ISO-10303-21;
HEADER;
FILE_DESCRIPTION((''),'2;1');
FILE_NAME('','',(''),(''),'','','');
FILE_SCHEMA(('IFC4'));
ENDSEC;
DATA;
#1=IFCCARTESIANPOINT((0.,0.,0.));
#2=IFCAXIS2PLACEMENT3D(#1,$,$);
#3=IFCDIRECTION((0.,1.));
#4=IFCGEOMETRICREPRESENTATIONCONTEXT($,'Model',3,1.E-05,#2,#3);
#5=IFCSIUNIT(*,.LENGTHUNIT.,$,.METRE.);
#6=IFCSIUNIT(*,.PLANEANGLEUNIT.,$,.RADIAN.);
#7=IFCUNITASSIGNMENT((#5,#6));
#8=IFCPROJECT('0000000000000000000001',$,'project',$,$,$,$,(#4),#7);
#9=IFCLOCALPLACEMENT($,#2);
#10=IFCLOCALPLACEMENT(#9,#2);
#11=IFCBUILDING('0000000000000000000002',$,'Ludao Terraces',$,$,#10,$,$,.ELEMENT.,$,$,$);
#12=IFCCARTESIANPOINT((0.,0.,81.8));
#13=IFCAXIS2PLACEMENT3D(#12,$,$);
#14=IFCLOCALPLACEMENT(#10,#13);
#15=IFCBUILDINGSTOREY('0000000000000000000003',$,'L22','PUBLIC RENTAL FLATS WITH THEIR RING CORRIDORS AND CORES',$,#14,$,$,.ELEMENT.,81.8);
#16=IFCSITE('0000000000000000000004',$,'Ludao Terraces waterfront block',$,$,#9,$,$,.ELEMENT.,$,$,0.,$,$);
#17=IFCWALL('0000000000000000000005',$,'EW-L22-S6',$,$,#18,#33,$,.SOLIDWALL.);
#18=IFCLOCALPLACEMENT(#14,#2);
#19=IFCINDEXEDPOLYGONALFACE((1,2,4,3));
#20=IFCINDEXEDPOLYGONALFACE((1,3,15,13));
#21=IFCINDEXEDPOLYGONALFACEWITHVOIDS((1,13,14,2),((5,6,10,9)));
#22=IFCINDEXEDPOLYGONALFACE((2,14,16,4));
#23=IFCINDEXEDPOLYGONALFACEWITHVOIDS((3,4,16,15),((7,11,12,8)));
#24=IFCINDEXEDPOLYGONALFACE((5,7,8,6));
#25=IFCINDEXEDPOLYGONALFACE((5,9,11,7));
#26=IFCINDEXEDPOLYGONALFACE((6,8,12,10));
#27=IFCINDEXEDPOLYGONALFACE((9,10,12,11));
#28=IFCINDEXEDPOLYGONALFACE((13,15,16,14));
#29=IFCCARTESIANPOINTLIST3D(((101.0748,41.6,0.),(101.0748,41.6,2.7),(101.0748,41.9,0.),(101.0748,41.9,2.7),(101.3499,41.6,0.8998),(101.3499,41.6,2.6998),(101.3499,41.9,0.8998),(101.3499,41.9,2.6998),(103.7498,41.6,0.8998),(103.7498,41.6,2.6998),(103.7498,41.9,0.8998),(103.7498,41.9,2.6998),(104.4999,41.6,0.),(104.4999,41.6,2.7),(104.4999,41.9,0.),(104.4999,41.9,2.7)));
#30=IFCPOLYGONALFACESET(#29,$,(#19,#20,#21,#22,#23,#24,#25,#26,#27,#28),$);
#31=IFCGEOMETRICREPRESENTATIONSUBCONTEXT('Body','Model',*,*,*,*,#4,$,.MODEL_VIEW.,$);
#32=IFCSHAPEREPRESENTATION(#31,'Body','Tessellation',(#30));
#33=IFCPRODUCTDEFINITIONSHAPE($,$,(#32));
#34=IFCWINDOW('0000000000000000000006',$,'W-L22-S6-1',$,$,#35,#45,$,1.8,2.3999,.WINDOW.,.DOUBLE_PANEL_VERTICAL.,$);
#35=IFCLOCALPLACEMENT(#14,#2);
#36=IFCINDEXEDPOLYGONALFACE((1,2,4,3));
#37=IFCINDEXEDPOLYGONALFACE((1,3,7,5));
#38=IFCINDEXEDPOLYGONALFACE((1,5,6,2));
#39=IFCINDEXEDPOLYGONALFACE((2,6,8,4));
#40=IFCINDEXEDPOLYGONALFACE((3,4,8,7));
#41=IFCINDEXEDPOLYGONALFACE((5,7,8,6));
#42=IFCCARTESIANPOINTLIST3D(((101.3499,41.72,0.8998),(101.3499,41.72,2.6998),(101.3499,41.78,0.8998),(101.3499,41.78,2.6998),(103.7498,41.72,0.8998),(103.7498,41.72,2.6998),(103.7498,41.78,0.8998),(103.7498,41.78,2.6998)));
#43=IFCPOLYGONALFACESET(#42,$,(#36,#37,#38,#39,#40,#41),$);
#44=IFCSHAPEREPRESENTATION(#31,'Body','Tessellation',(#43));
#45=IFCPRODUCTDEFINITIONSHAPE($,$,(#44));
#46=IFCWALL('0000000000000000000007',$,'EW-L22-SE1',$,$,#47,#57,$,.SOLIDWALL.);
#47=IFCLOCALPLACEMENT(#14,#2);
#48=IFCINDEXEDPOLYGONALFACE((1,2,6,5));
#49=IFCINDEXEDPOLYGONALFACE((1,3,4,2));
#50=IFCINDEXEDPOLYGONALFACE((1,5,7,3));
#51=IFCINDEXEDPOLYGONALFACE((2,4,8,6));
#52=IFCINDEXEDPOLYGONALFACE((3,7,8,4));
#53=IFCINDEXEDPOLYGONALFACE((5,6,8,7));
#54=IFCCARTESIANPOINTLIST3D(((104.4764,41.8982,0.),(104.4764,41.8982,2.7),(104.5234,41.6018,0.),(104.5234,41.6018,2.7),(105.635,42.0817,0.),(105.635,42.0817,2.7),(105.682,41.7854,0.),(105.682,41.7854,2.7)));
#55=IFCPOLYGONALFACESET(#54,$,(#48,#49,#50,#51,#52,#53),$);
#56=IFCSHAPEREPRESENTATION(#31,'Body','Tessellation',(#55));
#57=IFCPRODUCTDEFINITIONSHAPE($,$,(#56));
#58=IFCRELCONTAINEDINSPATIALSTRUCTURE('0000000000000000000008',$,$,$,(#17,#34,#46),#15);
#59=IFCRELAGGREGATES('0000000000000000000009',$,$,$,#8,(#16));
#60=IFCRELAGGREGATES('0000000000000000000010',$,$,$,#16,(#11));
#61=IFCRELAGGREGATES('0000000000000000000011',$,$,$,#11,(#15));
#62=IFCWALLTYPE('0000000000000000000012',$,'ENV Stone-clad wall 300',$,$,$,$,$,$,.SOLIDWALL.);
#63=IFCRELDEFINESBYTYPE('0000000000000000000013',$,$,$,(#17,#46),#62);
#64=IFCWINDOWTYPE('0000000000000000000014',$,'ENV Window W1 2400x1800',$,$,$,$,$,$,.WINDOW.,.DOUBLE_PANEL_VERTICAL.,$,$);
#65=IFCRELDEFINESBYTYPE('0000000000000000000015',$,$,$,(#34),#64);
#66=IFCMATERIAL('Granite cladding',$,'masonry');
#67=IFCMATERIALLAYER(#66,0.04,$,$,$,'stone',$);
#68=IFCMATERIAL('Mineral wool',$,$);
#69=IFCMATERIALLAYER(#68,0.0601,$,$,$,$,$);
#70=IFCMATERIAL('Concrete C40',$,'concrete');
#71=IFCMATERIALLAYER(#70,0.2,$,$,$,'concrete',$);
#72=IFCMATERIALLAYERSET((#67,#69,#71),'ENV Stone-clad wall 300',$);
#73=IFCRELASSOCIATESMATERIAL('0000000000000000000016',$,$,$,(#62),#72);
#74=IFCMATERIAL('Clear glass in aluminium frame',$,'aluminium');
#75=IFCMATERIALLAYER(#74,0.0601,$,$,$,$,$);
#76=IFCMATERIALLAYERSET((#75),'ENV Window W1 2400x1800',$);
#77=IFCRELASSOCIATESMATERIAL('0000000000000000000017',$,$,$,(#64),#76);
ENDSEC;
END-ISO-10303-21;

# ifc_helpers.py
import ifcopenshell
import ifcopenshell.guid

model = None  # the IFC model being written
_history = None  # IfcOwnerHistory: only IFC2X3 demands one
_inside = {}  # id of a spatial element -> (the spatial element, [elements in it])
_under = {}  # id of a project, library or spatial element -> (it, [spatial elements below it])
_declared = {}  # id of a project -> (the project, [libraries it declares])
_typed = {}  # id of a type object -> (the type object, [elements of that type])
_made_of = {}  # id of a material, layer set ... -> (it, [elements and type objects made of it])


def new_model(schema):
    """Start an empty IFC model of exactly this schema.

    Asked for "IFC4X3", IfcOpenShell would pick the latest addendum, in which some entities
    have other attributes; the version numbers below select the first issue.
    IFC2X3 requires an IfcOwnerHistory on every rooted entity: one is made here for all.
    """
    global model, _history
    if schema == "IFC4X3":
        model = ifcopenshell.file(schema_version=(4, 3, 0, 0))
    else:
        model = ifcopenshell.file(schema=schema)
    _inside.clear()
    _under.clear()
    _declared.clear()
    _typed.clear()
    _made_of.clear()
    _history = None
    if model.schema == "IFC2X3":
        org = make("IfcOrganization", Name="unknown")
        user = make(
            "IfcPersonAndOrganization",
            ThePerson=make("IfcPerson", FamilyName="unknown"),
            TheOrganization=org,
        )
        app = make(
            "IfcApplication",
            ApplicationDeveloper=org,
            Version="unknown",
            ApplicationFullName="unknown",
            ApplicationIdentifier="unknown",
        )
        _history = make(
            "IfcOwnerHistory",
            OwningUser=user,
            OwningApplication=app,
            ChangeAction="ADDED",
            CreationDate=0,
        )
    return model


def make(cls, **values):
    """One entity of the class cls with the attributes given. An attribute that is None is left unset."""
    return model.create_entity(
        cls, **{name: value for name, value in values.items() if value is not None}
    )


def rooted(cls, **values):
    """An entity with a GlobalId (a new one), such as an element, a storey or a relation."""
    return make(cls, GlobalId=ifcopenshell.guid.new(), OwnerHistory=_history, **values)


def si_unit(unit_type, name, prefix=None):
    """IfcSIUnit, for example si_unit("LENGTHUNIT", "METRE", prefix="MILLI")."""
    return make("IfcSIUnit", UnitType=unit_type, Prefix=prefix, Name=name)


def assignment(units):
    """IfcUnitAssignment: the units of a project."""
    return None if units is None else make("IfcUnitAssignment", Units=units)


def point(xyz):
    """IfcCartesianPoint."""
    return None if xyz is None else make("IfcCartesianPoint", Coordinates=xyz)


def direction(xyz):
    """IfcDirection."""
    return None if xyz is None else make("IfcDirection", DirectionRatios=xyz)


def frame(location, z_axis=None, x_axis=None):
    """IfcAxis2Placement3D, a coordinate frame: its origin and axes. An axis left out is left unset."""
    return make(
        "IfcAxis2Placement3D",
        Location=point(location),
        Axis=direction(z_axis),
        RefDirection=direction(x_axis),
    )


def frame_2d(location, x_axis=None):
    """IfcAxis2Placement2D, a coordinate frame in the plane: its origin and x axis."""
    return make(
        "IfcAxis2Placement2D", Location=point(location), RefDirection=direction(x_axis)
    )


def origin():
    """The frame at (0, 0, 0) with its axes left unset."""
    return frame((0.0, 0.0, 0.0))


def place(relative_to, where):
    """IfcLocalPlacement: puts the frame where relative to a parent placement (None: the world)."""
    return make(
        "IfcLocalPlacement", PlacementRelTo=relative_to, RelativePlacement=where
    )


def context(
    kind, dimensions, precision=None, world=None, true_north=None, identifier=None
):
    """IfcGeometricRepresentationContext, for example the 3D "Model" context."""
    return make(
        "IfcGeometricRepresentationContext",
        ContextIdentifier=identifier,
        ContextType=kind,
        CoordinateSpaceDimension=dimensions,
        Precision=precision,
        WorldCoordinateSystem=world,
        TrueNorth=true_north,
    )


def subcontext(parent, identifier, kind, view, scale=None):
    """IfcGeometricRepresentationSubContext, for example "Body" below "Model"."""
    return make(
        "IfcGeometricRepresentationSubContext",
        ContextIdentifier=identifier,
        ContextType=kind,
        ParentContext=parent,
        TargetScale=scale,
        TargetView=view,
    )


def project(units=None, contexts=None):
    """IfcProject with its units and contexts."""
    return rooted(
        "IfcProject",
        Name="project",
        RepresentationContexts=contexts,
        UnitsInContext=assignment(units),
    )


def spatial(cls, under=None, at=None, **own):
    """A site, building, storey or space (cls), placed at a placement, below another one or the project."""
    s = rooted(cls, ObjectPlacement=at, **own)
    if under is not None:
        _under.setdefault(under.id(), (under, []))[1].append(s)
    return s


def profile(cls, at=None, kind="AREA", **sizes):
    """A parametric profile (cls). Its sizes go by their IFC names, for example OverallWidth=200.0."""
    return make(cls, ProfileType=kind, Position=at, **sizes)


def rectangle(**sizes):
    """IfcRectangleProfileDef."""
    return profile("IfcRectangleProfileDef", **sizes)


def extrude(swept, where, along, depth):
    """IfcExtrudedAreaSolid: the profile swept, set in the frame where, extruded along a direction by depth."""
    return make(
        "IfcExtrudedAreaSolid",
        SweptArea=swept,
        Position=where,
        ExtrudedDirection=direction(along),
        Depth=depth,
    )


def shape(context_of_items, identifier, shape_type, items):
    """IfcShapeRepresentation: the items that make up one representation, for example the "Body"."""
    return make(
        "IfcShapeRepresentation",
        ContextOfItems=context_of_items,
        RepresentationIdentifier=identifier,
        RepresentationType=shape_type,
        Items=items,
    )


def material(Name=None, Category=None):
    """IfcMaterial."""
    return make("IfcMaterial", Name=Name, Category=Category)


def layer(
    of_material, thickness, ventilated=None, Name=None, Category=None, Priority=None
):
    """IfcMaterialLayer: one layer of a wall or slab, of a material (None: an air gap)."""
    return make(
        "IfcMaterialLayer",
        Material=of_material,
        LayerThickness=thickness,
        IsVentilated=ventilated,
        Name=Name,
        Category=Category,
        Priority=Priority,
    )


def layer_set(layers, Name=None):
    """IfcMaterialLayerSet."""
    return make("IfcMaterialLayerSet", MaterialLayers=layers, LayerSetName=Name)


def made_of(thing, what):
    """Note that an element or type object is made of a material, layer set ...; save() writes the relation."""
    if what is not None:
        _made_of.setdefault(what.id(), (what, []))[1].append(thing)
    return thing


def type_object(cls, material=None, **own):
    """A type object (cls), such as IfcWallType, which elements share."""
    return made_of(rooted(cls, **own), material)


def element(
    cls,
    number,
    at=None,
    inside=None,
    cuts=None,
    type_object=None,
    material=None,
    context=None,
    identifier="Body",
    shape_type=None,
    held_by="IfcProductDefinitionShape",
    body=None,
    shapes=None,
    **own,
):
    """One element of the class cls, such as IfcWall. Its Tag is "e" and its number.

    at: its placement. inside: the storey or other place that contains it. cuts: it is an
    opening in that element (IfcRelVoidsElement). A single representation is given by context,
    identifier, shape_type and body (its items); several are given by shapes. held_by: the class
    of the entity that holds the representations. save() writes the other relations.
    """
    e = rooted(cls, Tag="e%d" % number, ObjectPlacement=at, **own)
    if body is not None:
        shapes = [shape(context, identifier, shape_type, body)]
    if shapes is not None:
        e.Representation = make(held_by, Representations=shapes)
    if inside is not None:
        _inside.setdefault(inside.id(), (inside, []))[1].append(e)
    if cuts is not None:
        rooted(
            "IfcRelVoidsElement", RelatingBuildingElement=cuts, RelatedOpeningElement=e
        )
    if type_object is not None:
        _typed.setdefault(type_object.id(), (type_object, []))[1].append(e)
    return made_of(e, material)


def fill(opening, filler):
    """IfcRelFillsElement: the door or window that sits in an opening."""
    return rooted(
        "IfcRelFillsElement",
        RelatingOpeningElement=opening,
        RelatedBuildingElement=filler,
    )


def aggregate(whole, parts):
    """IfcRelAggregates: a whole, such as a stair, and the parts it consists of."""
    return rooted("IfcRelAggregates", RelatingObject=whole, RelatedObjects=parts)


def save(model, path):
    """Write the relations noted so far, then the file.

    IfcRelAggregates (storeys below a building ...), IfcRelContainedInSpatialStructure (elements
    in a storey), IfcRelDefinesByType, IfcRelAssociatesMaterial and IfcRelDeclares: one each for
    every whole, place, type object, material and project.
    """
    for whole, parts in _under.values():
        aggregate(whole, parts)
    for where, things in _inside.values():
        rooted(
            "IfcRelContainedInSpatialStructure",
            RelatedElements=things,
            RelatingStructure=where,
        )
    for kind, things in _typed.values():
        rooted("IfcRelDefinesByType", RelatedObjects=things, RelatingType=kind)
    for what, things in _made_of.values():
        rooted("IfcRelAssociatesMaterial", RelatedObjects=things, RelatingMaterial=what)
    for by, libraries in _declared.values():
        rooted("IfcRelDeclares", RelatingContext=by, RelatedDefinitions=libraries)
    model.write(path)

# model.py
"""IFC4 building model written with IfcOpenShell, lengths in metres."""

from ifc_helpers import new_model, si_unit, direction, frame, frame_2d, origin, place, context, subcontext, project, spatial, rectangle, extrude, material, layer, layer_set, type_object, element, fill, save


model = new_model("IFC4")

# Units and contexts
model_context = context("Model", 3, precision=1e-05, world=origin(), true_north=direction((0.0, 1.0)))
body_context = subcontext(model_context, "Body", "Model", "MODEL_VIEW")
ifc_project = project(units=[si_unit("LENGTHUNIT", "METRE"), si_unit("PLANEANGLEUNIT", "RADIAN")], contexts=[model_context])

# Site, building, storey
site_placement = place(None, origin())
site = spatial("IfcSite", under=ifc_project, at=site_placement, Name="Ludao Terraces waterfront block", CompositionType="ELEMENT", RefElevation=0.0)
building_placement = place(site_placement, origin())
building = spatial("IfcBuilding", under=site, at=building_placement, Name="Ludao Terraces", CompositionType="ELEMENT")
storey_placement = place(building_placement, frame((0.0, 0.0, 81.8)))
storey = spatial("IfcBuildingStorey", under=building, at=storey_placement, Name="L22", Description="PUBLIC RENTAL FLATS WITH THEIR RING CORRIDORS AND CORES", CompositionType="ELEMENT", Elevation=81.8)

# Wall, opening, window
ifc_material_1 = material(Name="Granite cladding", Category="masonry")
ifc_layer_1 = layer(ifc_material_1, 0.04, Category="stone")
ifc_material_2 = material(Name="Mineral wool")
ifc_layer_2 = layer(ifc_material_2, 0.0601)
ifc_material_3 = material(Name="Concrete C40", Category="concrete")
ifc_layer_3 = layer(ifc_material_3, 0.2, Category="concrete")
ifc_layer_set_1 = layer_set([ifc_layer_1, ifc_layer_2, ifc_layer_3], Name="ENV Stone-clad wall 300")
wall_type_1 = type_object("IfcWallType", Name="ENV Stone-clad wall 300", PredefinedType="SOLIDWALL", material=ifc_layer_set_1)
wall_1_placement = place(storey_placement, frame((101.075, 41.75, 0.0), z_axis=(0.0, 0.0, 1.0), x_axis=(1.0, 0.0, 0.0)))
wall_1 = element("IfcWall", 1, at=wall_1_placement, inside=storey, type_object=wall_type_1, Name="EW-L22-S6", PredefinedType="SOLIDWALL", context=body_context, shape_type="SweptSolid", body=[
    extrude(rectangle(XDim=3.425, YDim=0.3, at=frame_2d((1.7124, 0.0))), origin(), (0.0, 0.0, 1.0), 2.7),
])
opening_1_placement = place(wall_1_placement, frame((0.2749, 0.0, 0.8999)))
opening_1 = element("IfcOpeningElement", 2, at=opening_1_placement, cuts=wall_1, PredefinedType="OPENING", context=body_context, shape_type="SweptSolid", body=[
    extrude(rectangle(XDim=2.3999, YDim=1.8, at=frame_2d((1.2, 0.8999))), frame((0.0, 0.1602, 0.0), z_axis=(0.0, -1.0, 0.0), x_axis=(1.0, 0.0, 0.0)), (0.0, 0.0, 1.0), 0.3201),
])
ifc_material_4 = material(Name="Clear glass in aluminium frame", Category="aluminium")
ifc_layer_4 = layer(ifc_material_4, 0.0601)
ifc_layer_set_2 = layer_set([ifc_layer_4], Name="ENV Window W1 2400x1800")
window_type = type_object("IfcWindowType", Name="ENV Window W1 2400x1800", PartitioningType="DOUBLE_PANEL_VERTICAL", PredefinedType="WINDOW", material=ifc_layer_set_2)
window_placement = place(opening_1_placement, origin())
window = element("IfcWindow", 3, at=window_placement, inside=storey, type_object=window_type, Name="W-L22-S6-1", OverallHeight=1.8, OverallWidth=2.3999, PartitioningType="DOUBLE_PANEL_VERTICAL", PredefinedType="WINDOW", context=body_context, shape_type="SweptSolid", body=[
    extrude(rectangle(XDim=2.3999, YDim=1.8, at=frame_2d((1.2, 0.8999))), frame((0.0, 0.03, 0.0), z_axis=(0.0, -1.0, 0.0), x_axis=(1.0, 0.0, 0.0)), (0.0, 0.0, 1.0), 0.0601),
])
fill(opening_1, window)

# Wall
wall_2_placement = place(storey_placement, frame((104.5, 41.75, 0.0), z_axis=(0.0, 0.0, 1.0), x_axis=(0.987678, 0.156497, 0.0)))
element("IfcWall", 4, at=wall_2_placement, inside=storey, type_object=wall_type_1, Name="EW-L22-SE1", PredefinedType="SOLIDWALL", context=body_context, shape_type="SweptSolid", body=[
    extrude(rectangle(XDim=1.1731, YDim=0.3, at=frame_2d((0.5864, 0.0))), origin(), (0.0, 0.0, 1.0), 2.7),
])

save(model, "model.ifc")
